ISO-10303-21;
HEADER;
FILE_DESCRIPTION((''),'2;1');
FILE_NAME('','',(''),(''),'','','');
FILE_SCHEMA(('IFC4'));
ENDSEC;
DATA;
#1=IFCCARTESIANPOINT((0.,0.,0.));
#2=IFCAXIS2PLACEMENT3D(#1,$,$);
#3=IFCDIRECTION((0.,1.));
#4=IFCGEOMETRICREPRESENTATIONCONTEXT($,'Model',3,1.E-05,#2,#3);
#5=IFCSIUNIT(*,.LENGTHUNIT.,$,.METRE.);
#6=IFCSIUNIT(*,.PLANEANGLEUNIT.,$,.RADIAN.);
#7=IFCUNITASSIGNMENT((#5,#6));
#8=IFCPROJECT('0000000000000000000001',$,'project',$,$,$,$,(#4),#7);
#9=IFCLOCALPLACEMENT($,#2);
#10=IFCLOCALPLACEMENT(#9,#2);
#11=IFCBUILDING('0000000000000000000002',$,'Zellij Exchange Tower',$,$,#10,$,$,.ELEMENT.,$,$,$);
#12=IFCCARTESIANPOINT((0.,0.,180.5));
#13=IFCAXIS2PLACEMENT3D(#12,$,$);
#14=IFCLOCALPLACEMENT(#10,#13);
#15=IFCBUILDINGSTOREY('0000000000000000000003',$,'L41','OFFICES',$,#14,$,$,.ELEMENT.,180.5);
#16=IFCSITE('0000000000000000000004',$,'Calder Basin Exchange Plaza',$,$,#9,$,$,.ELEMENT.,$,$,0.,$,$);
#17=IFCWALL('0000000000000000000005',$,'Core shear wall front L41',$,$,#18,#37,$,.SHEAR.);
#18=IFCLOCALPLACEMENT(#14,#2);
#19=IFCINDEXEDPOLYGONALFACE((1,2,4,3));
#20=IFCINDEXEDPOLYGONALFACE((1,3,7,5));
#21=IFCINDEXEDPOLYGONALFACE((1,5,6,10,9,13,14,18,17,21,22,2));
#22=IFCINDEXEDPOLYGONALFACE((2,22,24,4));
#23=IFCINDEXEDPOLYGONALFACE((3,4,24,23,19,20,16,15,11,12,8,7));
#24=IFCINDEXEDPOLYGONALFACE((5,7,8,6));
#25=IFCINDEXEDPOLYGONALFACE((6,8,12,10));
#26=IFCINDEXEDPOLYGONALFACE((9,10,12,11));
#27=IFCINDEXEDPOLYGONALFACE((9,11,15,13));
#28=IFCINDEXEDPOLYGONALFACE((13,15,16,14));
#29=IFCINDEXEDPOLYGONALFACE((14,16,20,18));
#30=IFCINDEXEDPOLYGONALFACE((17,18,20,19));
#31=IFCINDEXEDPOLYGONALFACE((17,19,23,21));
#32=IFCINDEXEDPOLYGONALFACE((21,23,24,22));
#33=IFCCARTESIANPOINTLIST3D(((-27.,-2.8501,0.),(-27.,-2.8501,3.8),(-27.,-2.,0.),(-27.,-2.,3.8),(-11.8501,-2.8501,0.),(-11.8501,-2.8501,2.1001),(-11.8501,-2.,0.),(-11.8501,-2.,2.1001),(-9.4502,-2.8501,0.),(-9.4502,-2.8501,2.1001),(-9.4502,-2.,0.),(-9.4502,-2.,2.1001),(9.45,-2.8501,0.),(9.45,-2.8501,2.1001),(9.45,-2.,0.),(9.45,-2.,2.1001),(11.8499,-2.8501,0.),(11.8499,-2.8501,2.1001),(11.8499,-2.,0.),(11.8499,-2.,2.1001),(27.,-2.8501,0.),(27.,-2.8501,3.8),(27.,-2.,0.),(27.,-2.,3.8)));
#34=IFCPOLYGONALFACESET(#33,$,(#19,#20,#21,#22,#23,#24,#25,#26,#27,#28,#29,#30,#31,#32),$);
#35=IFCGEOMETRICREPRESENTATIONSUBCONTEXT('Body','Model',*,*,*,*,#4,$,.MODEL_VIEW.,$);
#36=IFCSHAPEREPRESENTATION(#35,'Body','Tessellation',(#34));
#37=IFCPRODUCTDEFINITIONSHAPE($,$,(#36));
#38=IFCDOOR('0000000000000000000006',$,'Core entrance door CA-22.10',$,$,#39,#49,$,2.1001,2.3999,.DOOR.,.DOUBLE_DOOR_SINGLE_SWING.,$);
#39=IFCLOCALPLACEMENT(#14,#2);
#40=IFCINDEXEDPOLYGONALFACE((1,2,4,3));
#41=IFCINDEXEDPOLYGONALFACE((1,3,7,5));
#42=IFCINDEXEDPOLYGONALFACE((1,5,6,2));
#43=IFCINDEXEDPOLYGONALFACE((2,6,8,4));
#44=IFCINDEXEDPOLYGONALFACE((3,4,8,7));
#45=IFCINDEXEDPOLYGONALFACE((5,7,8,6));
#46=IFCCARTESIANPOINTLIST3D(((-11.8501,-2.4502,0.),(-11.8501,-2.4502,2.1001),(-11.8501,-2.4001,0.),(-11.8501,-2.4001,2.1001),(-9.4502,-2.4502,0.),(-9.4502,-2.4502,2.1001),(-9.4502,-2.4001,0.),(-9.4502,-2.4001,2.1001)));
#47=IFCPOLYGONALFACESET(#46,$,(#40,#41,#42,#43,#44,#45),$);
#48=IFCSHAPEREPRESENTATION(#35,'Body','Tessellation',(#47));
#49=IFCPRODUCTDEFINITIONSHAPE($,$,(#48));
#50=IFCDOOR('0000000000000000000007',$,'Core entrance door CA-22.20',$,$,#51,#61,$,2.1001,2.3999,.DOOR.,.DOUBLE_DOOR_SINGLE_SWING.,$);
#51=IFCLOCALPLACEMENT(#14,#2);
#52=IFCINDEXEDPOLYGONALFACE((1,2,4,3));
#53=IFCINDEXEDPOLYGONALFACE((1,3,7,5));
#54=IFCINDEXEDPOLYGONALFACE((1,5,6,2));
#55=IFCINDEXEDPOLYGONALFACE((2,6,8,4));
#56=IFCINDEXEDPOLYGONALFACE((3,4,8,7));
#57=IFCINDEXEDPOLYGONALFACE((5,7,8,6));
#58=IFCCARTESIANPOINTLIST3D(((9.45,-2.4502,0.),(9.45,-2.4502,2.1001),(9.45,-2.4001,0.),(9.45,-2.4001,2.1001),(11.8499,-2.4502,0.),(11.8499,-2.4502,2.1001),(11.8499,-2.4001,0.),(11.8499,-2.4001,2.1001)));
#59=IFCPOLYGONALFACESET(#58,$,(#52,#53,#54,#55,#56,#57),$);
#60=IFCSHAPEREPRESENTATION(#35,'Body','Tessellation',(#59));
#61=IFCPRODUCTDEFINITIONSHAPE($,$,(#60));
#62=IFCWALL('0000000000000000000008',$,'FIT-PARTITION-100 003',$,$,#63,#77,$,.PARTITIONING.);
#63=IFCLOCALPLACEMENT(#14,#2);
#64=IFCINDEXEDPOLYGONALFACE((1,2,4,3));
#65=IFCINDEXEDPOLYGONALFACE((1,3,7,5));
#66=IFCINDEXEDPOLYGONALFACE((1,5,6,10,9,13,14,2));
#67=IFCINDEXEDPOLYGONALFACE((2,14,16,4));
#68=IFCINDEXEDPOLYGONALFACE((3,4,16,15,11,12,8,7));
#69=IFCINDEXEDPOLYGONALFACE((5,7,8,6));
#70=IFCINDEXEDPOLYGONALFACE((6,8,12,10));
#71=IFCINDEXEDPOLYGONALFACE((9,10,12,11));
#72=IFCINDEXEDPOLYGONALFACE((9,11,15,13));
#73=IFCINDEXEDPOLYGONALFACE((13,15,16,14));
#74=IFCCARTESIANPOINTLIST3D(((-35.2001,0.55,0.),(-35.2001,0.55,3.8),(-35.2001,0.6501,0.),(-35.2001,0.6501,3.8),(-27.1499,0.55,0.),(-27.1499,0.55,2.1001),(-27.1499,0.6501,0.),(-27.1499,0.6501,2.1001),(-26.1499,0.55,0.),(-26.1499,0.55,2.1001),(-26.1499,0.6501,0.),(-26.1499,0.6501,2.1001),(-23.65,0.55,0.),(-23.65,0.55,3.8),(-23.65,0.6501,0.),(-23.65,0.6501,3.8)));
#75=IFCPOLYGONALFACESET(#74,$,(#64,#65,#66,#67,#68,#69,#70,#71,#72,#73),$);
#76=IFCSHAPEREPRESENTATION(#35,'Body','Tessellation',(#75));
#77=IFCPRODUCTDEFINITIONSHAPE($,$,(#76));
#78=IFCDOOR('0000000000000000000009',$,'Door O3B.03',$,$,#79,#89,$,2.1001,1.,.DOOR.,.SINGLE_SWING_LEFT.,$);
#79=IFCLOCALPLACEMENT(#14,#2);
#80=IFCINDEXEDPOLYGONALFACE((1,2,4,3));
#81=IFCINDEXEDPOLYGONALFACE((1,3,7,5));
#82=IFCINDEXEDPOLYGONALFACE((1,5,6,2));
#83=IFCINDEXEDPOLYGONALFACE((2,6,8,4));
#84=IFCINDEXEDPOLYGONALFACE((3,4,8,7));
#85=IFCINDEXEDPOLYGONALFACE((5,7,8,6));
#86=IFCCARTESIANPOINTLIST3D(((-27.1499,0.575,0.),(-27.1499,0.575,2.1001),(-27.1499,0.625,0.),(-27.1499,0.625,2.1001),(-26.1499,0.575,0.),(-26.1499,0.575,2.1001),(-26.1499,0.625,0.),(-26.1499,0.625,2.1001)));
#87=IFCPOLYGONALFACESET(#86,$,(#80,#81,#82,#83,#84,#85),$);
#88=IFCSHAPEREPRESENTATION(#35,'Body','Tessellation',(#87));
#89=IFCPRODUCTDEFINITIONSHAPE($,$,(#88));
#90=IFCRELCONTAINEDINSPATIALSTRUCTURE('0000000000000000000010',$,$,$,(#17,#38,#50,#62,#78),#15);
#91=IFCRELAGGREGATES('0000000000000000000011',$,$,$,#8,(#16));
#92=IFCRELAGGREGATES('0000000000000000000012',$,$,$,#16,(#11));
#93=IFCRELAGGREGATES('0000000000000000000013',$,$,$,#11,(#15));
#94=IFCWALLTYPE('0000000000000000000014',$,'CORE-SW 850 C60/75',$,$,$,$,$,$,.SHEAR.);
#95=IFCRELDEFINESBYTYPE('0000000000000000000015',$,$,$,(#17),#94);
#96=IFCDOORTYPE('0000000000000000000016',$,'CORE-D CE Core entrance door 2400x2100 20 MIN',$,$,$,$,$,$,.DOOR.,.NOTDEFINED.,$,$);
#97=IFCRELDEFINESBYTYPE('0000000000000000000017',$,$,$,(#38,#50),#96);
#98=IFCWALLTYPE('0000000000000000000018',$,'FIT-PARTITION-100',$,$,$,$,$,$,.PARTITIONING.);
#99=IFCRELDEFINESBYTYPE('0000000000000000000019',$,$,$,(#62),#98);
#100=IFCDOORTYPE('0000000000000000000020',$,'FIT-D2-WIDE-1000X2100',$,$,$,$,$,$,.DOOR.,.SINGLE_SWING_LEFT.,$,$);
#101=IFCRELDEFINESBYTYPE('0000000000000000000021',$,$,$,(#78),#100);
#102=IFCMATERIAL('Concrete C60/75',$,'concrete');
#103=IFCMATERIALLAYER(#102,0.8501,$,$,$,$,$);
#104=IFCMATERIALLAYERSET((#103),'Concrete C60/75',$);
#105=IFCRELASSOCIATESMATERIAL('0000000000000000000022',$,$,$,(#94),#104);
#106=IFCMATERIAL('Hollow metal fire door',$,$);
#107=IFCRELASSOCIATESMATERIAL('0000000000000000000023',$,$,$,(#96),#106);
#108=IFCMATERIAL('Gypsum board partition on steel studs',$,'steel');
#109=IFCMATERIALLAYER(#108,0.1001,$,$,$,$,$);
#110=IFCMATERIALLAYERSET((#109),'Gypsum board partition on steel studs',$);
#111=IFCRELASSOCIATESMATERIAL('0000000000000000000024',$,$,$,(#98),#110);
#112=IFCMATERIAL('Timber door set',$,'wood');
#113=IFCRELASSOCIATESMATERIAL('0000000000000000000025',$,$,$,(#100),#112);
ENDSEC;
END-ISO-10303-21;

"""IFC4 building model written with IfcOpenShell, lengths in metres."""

from ifc_helpers import new_model, si_unit, direction, frame, frame_2d, origin, place, context, subcontext, project, spatial, rectangle, extrude, material, layer, layer_set, type_object, element, fill, save


model = new_model("IFC4")

# Units and contexts
model_context = context("Model", 3, precision=1e-05, world=origin(), true_north=direction((0.0, 1.0)))
body_context = subcontext(model_context, "Body", "Model", "MODEL_VIEW")
ifc_project = project(units=[si_unit("LENGTHUNIT", "METRE"), si_unit("PLANEANGLEUNIT", "RADIAN")], contexts=[model_context])

# Site, building, storey
site_placement = place(None, origin())
site = spatial("IfcSite", under=ifc_project, at=site_placement, Name="Calder Basin Exchange Plaza", CompositionType="ELEMENT", RefElevation=0.0)
building_placement = place(site_placement, origin())
building = spatial("IfcBuilding", under=site, at=building_placement, Name="Zellij Exchange Tower", CompositionType="ELEMENT")
storey_placement = place(building_placement, frame((0.0, 0.0, 180.5)))
storey = spatial("IfcBuildingStorey", under=building, at=storey_placement, Name="L41", Description="OFFICES", CompositionType="ELEMENT", Elevation=180.5)

# Shared definitions
ifc_material_1 = material(Name="Concrete C60/75", Category="concrete")

# Wall, openings, doors
ifc_layer_1 = layer(ifc_material_1, 0.8501)
ifc_layer_set_1 = layer_set([ifc_layer_1], Name="Concrete C60/75")
wall_type_1 = type_object("IfcWallType", Name="CORE-SW 850 C60/75", PredefinedType="SHEAR", material=ifc_layer_set_1)
wall_1_placement = place(storey_placement, frame((-27.0, -2.425, 0.0), z_axis=(0.0, 0.0, 1.0), x_axis=(1.0, 0.0, 0.0)))
wall_1 = element("IfcWall", 1, at=wall_1_placement, inside=storey, type_object=wall_type_1, Name="Core shear wall front L41", PredefinedType="SHEAR", context=body_context, shape_type="SweptSolid", body=[
    extrude(rectangle(XDim=54.0, YDim=0.8501, at=frame_2d((27.0, 0.0))), origin(), (0.0, 0.0, 1.0), 3.8),
])
opening_1_placement = place(wall_1_placement, frame((15.1499, 0.0, 0.0)))
opening_1 = element("IfcOpeningElement", 2, at=opening_1_placement, cuts=wall_1, PredefinedType="OPENING", context=body_context, shape_type="SweptSolid", body=[
    extrude(rectangle(XDim=2.3999, YDim=2.1001, at=frame_2d((1.2, 1.05))), frame((0.0, 0.437, 0.0), z_axis=(0.0, -1.0, 0.0), x_axis=(1.0, 0.0, 0.0)), (0.0, 0.0, 1.0), 0.874),
])
opening_2_placement = place(wall_1_placement, frame((36.45, 0.0, 0.0)))
opening_2 = element("IfcOpeningElement", 3, at=opening_2_placement, cuts=wall_1, PredefinedType="OPENING", context=body_context, shape_type="SweptSolid", body=[
    extrude(rectangle(XDim=2.3999, YDim=2.1001, at=frame_2d((1.2, 1.05))), frame((0.0, 0.437, 0.0), z_axis=(0.0, -1.0, 0.0), x_axis=(1.0, 0.0, 0.0)), (0.0, 0.0, 1.0), 0.874),
])
ifc_material_2 = material(Name="Hollow metal fire door")
door_type_1 = type_object("IfcDoorType", Name="CORE-D CE Core entrance door 2400x2100 20 MIN", OperationType="NOTDEFINED", PredefinedType="DOOR", material=ifc_material_2)
door_1_placement = place(opening_1_placement, origin())
door_1 = element("IfcDoor", 4, at=door_1_placement, inside=storey, type_object=door_type_1, Name="Core entrance door CA-22.10", OperationType="DOUBLE_DOOR_SINGLE_SWING", OverallHeight=2.1001, OverallWidth=2.3999, PredefinedType="DOOR", context=body_context, shape_type="SweptSolid", body=[
    extrude(rectangle(XDim=2.3999, YDim=2.1001, at=frame_2d((1.2, 1.05))), frame((0.0, 0.0249, 0.0), z_axis=(0.0, -1.0, 0.0), x_axis=(1.0, 0.0, 0.0)), (0.0, 0.0, 1.0), 0.05),
])
fill(opening_1, door_1)
door_2_placement = place(opening_2_placement, origin())
door_2 = element("IfcDoor", 5, at=door_2_placement, inside=storey, type_object=door_type_1, Name="Core entrance door CA-22.20", OperationType="DOUBLE_DOOR_SINGLE_SWING", OverallHeight=2.1001, OverallWidth=2.3999, PredefinedType="DOOR", context=body_context, shape_type="SweptSolid", body=[
    extrude(rectangle(XDim=2.3999, YDim=2.1001, at=frame_2d((1.2, 1.05))), frame((0.0, 0.0249, 0.0), z_axis=(0.0, -1.0, 0.0), x_axis=(1.0, 0.0, 0.0)), (0.0, 0.0, 1.0), 0.05),
])
fill(opening_2, door_2)

# Wall, opening, door
ifc_material_3 = material(Name="Gypsum board partition on steel studs", Category="steel")
ifc_layer_2 = layer(ifc_material_3, 0.1001)
ifc_layer_set_2 = layer_set([ifc_layer_2], Name="Gypsum board partition on steel studs")
wall_type_2 = type_object("IfcWallType", Name="FIT-PARTITION-100", PredefinedType="PARTITIONING", material=ifc_layer_set_2)
wall_2_placement = place(storey_placement, frame((-35.2, 0.6001, 0.0), z_axis=(0.0, 0.0, 1.0), x_axis=(1.0, 0.0, 0.0)))
wall_2 = element("IfcWall", 6, at=wall_2_placement, inside=storey, type_object=wall_type_2, Name="FIT-PARTITION-100 003", PredefinedType="PARTITIONING", context=body_context, shape_type="SweptSolid", body=[
    extrude(rectangle(XDim=11.55, YDim=0.1001, at=frame_2d((5.7749, 0.0))), origin(), (0.0, 0.0, 1.0), 3.8),
])
opening_3_placement = place(wall_2_placement, frame((8.05, 0.0, 0.0)))
opening_3 = element("IfcOpeningElement", 7, at=opening_3_placement, cuts=wall_2, PredefinedType="OPENING", context=body_context, shape_type="SweptSolid", body=[
    extrude(rectangle(XDim=1.0, YDim=2.1001, at=frame_2d((0.5, 1.05))), frame((0.0, 0.062, 0.0), z_axis=(0.0, -1.0, 0.0), x_axis=(1.0, 0.0, 0.0)), (0.0, 0.0, 1.0), 0.124),
])
ifc_material_4 = material(Name="Timber door set", Category="wood")
door_type_2 = type_object("IfcDoorType", Name="FIT-D2-WIDE-1000X2100", OperationType="SINGLE_SWING_LEFT", PredefinedType="DOOR", material=ifc_material_4)
door_3_placement = place(opening_3_placement, origin())
door_3 = element("IfcDoor", 8, at=door_3_placement, inside=storey, type_object=door_type_2, Name="Door O3B.03", OperationType="SINGLE_SWING_LEFT", OverallHeight=2.1001, OverallWidth=1.0, PredefinedType="DOOR", context=body_context, shape_type="SweptSolid", body=[
    extrude(rectangle(XDim=1.0, YDim=2.1001, at=frame_2d((0.5, 1.05))), frame((0.0, 0.0249, 0.0), z_axis=(0.0, -1.0, 0.0), x_axis=(1.0, 0.0, 0.0)), (0.0, 0.0, 1.0), 0.05),
])
fill(opening_3, door_3)

save(model, "model.ifc")
